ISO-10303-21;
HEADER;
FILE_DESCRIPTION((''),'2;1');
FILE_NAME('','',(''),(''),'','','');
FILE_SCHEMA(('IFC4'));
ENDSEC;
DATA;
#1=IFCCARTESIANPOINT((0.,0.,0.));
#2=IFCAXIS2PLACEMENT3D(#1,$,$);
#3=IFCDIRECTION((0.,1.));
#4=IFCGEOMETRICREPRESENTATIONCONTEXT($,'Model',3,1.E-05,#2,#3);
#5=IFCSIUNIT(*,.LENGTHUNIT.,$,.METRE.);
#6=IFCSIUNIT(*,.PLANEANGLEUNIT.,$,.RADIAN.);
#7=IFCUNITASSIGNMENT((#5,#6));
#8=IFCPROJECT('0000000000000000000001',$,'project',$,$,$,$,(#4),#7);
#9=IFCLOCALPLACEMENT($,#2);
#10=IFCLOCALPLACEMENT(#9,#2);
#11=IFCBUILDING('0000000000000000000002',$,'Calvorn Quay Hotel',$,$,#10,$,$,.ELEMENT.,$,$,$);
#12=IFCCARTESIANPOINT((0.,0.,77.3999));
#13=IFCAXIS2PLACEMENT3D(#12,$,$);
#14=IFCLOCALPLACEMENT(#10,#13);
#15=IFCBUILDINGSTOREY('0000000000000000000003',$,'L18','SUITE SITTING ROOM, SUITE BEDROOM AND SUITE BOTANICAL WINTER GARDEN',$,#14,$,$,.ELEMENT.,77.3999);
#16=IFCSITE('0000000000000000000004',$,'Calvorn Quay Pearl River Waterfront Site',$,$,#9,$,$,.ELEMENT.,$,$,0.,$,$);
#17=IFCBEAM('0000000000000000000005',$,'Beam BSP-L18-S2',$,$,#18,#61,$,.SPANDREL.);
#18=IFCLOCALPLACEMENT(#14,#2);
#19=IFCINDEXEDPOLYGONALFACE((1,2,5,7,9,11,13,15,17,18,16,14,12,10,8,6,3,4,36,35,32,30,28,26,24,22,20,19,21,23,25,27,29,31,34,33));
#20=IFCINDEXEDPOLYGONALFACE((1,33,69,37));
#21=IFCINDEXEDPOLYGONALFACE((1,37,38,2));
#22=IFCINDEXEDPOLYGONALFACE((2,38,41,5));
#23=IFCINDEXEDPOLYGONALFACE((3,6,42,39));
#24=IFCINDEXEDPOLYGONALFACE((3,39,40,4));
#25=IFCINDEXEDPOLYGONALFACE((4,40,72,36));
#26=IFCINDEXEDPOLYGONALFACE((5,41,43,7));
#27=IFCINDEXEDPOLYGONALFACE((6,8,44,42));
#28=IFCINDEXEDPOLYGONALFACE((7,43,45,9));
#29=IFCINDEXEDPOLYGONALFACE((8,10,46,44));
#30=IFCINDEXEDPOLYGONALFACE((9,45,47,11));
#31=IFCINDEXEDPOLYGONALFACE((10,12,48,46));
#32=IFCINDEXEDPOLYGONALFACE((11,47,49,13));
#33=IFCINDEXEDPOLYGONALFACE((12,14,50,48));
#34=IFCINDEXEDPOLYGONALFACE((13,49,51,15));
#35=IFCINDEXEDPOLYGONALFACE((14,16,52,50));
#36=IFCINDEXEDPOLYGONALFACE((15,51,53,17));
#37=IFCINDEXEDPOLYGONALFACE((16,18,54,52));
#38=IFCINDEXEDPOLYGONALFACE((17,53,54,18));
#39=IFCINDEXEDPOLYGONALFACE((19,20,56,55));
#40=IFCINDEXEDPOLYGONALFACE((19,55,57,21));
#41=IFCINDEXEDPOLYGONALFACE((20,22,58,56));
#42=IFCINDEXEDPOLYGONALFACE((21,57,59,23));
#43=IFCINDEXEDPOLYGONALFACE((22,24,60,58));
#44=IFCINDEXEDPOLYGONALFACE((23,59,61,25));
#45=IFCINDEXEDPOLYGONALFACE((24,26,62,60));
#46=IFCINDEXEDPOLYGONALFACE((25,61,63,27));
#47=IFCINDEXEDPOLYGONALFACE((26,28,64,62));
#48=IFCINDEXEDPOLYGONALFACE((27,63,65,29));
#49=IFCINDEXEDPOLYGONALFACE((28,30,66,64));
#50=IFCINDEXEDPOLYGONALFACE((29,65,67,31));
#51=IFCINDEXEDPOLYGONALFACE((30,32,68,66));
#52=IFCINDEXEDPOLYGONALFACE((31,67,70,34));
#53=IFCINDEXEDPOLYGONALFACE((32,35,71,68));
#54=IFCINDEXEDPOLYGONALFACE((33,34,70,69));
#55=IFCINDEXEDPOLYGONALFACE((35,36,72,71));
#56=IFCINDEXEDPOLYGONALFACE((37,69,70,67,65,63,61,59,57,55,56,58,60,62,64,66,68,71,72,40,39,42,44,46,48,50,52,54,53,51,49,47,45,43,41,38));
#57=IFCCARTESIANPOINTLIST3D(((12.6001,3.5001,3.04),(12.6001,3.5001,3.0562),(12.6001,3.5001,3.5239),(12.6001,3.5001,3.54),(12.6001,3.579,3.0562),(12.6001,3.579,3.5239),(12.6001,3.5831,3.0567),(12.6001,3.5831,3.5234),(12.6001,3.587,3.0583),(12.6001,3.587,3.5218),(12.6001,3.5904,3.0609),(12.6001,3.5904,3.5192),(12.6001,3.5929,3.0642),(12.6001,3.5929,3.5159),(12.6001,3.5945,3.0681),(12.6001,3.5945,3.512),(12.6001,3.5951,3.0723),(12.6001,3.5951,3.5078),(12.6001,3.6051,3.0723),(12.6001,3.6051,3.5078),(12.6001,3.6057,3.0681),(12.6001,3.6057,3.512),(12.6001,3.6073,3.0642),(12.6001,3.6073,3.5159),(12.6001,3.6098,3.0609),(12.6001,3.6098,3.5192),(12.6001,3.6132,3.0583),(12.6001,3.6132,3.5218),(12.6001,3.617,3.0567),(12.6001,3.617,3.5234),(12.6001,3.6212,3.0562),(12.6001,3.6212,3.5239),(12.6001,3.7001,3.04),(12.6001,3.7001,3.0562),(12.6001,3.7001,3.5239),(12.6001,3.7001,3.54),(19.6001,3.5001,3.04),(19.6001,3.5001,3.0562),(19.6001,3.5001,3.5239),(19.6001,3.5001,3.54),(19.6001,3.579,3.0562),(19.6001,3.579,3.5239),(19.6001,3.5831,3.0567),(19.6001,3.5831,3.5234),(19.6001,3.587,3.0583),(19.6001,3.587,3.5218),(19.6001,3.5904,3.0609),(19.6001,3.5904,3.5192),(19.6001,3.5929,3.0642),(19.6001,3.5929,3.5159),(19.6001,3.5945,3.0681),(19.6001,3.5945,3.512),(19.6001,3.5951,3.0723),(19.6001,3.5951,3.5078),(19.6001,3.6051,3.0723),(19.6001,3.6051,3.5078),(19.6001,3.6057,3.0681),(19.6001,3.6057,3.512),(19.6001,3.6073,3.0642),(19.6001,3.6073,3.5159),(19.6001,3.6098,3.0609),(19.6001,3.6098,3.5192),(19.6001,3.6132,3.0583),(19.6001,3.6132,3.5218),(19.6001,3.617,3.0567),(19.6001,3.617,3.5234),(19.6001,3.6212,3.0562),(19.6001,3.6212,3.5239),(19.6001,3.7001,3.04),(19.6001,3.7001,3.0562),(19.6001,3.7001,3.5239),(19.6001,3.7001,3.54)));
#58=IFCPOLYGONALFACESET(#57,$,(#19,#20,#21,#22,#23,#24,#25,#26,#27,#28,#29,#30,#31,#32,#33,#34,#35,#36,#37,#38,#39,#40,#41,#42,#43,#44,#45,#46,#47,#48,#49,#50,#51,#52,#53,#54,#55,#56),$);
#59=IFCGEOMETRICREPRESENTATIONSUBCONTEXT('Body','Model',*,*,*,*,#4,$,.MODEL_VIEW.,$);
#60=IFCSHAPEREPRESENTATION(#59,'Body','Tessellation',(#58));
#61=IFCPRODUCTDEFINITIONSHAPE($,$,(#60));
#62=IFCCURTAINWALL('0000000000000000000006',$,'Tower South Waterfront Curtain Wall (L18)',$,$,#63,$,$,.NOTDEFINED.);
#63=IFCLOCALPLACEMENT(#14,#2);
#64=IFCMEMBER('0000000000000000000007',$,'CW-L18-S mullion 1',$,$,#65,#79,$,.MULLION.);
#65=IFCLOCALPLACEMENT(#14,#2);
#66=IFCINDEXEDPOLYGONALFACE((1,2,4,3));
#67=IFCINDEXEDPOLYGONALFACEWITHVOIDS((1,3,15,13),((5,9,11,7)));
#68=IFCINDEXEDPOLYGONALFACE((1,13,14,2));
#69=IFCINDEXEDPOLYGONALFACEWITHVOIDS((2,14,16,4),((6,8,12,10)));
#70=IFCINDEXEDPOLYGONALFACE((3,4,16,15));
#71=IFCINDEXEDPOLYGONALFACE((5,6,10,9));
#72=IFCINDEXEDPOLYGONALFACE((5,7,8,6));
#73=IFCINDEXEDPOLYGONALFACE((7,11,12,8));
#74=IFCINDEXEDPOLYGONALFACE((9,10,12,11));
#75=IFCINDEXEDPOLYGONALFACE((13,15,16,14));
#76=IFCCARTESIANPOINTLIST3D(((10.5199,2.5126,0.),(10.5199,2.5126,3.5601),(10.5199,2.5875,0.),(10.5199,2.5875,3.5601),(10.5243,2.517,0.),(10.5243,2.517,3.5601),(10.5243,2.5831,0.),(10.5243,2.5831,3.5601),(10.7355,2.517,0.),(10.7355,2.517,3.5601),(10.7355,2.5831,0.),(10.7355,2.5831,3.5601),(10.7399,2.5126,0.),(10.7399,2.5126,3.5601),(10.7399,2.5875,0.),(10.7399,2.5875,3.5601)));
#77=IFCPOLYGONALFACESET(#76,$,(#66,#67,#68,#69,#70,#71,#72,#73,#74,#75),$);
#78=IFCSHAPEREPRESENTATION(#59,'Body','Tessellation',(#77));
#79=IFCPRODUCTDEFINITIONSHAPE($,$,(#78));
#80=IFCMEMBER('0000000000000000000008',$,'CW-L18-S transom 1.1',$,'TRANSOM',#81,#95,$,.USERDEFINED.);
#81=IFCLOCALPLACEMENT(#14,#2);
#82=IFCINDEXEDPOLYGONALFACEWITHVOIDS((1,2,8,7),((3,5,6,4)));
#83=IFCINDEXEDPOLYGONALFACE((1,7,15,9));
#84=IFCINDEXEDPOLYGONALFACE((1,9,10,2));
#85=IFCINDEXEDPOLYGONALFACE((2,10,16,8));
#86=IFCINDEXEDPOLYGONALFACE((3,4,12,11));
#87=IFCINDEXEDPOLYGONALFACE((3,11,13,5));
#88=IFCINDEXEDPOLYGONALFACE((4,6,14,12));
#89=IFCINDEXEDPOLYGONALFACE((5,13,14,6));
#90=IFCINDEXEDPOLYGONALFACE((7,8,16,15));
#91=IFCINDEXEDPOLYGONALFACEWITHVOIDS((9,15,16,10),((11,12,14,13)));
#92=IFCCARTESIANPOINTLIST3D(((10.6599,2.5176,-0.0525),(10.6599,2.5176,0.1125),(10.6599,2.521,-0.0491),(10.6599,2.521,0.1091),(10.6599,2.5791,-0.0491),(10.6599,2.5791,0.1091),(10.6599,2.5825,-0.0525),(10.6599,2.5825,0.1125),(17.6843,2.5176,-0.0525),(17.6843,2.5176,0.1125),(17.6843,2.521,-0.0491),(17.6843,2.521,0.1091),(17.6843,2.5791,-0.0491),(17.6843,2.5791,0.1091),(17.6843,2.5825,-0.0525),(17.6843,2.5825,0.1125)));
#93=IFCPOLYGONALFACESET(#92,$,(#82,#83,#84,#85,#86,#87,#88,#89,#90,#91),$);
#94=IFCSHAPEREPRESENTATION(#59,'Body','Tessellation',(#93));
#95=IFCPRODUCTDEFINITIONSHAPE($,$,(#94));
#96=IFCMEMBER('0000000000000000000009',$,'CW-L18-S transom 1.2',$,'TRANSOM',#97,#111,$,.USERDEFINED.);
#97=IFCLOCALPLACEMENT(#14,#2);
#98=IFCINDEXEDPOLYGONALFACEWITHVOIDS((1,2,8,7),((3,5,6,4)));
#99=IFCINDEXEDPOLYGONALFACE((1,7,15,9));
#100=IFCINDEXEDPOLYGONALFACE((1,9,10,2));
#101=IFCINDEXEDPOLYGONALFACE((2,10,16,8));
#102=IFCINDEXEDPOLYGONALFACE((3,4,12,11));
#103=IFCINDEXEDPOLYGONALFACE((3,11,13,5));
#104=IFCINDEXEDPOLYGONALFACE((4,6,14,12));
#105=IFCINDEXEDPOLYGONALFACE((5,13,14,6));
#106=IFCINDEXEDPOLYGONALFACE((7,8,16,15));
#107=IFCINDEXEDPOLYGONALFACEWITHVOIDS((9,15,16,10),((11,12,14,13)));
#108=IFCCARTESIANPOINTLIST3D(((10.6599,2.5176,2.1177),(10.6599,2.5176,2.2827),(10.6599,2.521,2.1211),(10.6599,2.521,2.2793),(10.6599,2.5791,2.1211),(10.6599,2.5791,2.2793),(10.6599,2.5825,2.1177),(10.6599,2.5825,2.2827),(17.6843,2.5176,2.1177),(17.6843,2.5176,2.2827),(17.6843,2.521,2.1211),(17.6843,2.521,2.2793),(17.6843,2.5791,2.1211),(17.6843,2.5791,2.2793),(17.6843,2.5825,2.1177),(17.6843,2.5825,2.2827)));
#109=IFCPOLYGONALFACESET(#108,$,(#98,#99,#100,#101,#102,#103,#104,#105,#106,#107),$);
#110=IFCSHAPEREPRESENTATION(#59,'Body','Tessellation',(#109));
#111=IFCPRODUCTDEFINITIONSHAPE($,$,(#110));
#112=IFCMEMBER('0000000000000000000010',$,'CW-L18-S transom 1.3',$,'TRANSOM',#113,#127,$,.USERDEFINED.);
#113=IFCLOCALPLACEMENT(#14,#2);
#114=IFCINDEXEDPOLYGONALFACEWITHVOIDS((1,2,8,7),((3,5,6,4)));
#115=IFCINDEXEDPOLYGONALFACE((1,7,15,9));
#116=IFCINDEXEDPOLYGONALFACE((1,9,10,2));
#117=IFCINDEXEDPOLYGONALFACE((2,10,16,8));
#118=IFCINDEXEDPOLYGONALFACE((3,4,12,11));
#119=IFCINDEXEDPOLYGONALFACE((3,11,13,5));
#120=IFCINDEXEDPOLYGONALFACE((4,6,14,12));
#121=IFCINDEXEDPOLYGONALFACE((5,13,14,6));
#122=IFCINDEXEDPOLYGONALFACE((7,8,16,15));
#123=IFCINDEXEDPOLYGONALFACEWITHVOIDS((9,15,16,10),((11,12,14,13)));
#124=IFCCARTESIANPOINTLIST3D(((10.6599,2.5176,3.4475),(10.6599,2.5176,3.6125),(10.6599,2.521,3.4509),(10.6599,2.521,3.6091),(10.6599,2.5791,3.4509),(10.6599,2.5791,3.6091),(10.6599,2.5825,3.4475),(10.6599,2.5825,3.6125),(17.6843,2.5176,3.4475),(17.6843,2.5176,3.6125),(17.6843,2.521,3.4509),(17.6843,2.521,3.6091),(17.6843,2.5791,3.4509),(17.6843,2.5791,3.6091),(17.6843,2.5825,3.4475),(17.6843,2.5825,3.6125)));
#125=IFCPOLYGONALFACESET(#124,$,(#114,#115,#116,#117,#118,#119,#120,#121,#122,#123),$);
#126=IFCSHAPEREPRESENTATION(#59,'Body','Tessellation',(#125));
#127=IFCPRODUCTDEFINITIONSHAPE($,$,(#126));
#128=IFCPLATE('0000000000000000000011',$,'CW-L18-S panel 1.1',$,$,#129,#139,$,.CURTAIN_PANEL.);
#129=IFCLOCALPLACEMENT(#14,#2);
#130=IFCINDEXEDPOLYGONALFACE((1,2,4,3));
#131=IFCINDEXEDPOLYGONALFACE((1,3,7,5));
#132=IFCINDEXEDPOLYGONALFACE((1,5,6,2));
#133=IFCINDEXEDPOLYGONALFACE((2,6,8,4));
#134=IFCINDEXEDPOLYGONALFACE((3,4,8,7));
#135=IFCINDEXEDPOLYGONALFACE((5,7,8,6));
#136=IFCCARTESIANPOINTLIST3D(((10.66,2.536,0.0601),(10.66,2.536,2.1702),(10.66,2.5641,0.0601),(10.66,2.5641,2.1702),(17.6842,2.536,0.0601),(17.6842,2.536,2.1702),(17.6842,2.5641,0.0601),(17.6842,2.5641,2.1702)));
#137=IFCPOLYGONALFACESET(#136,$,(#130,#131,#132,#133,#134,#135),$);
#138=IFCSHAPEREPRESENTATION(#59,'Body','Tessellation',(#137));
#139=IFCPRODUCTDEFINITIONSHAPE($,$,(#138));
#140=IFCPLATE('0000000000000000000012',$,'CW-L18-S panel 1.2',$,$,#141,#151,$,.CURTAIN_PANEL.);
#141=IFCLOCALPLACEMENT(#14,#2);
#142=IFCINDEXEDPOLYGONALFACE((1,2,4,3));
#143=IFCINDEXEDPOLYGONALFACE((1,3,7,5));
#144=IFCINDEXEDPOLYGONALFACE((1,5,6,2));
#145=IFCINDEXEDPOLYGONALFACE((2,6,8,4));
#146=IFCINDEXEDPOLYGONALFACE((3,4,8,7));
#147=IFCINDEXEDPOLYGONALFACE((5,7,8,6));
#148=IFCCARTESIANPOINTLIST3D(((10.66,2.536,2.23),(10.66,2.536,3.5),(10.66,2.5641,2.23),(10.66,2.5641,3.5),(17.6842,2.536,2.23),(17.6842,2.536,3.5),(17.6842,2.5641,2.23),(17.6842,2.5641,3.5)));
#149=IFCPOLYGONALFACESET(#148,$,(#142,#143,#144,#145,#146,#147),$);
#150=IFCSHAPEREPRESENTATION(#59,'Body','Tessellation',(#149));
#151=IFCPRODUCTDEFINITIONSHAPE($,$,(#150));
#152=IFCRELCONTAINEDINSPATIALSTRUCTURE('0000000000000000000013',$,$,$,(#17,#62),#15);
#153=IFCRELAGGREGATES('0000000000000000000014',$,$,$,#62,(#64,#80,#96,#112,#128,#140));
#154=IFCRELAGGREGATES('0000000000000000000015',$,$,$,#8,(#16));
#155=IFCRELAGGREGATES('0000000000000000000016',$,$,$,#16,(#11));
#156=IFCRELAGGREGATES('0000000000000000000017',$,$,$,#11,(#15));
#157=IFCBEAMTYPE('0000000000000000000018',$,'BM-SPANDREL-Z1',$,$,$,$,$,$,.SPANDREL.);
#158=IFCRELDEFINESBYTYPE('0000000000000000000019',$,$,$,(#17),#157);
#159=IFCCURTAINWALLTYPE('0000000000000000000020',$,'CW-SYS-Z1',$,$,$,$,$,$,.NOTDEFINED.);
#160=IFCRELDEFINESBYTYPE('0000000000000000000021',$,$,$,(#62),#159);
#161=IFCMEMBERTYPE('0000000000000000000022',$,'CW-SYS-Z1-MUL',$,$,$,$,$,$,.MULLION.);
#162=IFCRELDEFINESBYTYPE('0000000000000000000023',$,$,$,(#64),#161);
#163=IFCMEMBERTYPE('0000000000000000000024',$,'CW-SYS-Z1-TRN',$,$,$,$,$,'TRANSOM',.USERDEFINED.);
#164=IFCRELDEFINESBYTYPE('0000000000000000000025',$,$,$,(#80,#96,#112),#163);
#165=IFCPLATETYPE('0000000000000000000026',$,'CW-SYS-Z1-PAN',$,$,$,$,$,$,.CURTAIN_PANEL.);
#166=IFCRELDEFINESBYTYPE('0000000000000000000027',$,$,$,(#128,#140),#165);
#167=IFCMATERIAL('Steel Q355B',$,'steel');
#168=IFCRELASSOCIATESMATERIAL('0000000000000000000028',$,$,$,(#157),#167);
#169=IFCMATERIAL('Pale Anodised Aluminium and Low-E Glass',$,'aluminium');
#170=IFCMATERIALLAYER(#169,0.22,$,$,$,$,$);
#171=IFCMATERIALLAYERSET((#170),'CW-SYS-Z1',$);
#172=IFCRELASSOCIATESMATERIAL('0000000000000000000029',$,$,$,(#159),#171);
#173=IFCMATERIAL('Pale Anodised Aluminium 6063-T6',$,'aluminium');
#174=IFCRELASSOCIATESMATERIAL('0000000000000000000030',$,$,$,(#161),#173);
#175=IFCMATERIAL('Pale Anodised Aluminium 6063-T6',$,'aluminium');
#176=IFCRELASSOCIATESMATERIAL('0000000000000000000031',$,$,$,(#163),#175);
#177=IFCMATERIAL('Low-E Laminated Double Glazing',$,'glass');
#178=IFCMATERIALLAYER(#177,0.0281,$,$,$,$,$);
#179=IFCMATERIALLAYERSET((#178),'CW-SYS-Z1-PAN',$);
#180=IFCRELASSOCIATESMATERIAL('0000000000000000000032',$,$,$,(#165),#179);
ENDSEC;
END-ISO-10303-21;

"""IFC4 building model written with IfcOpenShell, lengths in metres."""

from ifc_helpers import new_model, si_unit, direction, frame, origin, origin_2d, place, context, subcontext, project, spatial, rectangle, hollow_rectangle, i_section, extrude, material, layer, layer_set, material_profile, profile_set, type_object, element, aggregate, save


model = new_model("IFC4")

# Units and contexts
model_context = context("Model", 3, precision=1e-05, world=origin(), true_north=direction((0.0, 1.0)))
body_context = subcontext(model_context, "Body", "Model", "MODEL_VIEW")
ifc_project = project(units=[si_unit("LENGTHUNIT", "METRE"), si_unit("PLANEANGLEUNIT", "RADIAN")], contexts=[model_context])

# Site, building, storey
site_placement = place(None, origin())
site = spatial("IfcSite", under=ifc_project, at=site_placement, Name="Calvorn Quay Pearl River Waterfront Site", CompositionType="ELEMENT", RefElevation=0.0)
building_placement = place(site_placement, origin())
building = spatial("IfcBuilding", under=site, at=building_placement, Name="Calvorn Quay Hotel", CompositionType="ELEMENT")
storey_placement = place(building_placement, frame((0.0, 0.0, 77.3999)))
storey = spatial("IfcBuildingStorey", under=building, at=storey_placement, Name="L18", Description="SUITE SITTING ROOM, SUITE BEDROOM AND SUITE BOTANICAL WINTER GARDEN", CompositionType="ELEMENT", Elevation=77.3999)

# Beam
ifc_material_1 = material(Name="Steel Q355B", Category="steel")
ifc_material_profile_1 = material_profile(ifc_material_1, i_section(OverallWidth=0.2, OverallDepth=0.5, WebThickness=0.01, FlangeThickness=0.0161, FilletRadius=0.0161, at=origin_2d()), Name="HN500x200x10x16")
ifc_profile_set_1 = profile_set([ifc_material_profile_1], Name="Steel Q355B")
beam_type_1 = type_object("IfcBeamType", Name="BM-SPANDREL-Z1", PredefinedType="SPANDREL", material=ifc_profile_set_1)
beam_1_placement = place(storey_placement, frame((12.6001, 3.6001, 3.29), z_axis=(1.0, 0.0, 0.0), x_axis=(0.0, 1.0, 0.0)))
element("IfcBeam", 1, at=beam_1_placement, inside=storey, type_object=beam_type_1, Name="Beam BSP-L18-S2", PredefinedType="SPANDREL", context=body_context, shape_type="SweptSolid", body=[
    extrude(i_section(OverallWidth=0.2, OverallDepth=0.5, WebThickness=0.01, FlangeThickness=0.0161, FilletRadius=0.0161, at=origin_2d()), origin(), (0.0, 0.0, 1.0), 7.0),
])

# Curtain wall, members, plates
ifc_material_2 = material(Name="Pale Anodised Aluminium and Low-E Glass", Category="aluminium")
ifc_layer_1 = layer(ifc_material_2, 0.22)
ifc_layer_set_1 = layer_set([ifc_layer_1], Name="CW-SYS-Z1")
curtain_wall_type = type_object("IfcCurtainWallType", Name="CW-SYS-Z1", PredefinedType="NOTDEFINED", material=ifc_layer_set_1)
curtain_wall_placement = place(storey_placement, origin())
curtain_wall = element("IfcCurtainWall", 2, at=curtain_wall_placement, inside=storey, type_object=curtain_wall_type, Name="Tower South Waterfront Curtain Wall (L18)", PredefinedType="NOTDEFINED")
ifc_material_3 = material(Name="Pale Anodised Aluminium 6063-T6", Category="aluminium")
ifc_material_profile_2 = material_profile(ifc_material_3, hollow_rectangle(XDim=0.075, YDim=0.22, WallThickness=0.0044, at=origin_2d()), Name="ALU-M220x75x4.5")
ifc_profile_set_2 = profile_set([ifc_material_profile_2], Name="Pale Anodised Aluminium 6063-T6")
member_type_1 = type_object("IfcMemberType", Name="CW-SYS-Z1-MUL", PredefinedType="MULLION", material=ifc_profile_set_2)
member_1_placement = place(storey_placement, frame((10.6299, 2.55, 0.0), z_axis=(0.0, 0.0, 1.0), x_axis=(0.0, 1.0, 0.0)))
member_1 = element("IfcMember", 3, at=member_1_placement, type_object=member_type_1, Name="CW-L18-S mullion 1", PredefinedType="MULLION", context=body_context, shape_type="SweptSolid", body=[
    extrude(hollow_rectangle(XDim=0.075, YDim=0.22, WallThickness=0.0044, at=origin_2d()), origin(), (0.0, 0.0, 1.0), 3.5601),
])
ifc_material_4 = material(Name="Pale Anodised Aluminium 6063-T6", Category="aluminium")
ifc_material_profile_3 = material_profile(ifc_material_4, hollow_rectangle(XDim=0.0649, YDim=0.165, WallThickness=0.0034, at=origin_2d()), Name="ALU-T165x65x3.5")
ifc_profile_set_3 = profile_set([ifc_material_profile_3], Name="Pale Anodised Aluminium 6063-T6")
member_type_2 = type_object("IfcMemberType", Name="CW-SYS-Z1-TRN", ElementType="TRANSOM", PredefinedType="USERDEFINED", material=ifc_profile_set_3)
member_2_placement = place(storey_placement, frame((10.6599, 2.55, 0.03), z_axis=(1.0, 0.0, 0.0), x_axis=(0.0, 1.0, 0.0)))
member_2 = element("IfcMember", 4, at=member_2_placement, type_object=member_type_2, Name="CW-L18-S transom 1.1", ObjectType="TRANSOM", PredefinedType="USERDEFINED", context=body_context, shape_type="SweptSolid", body=[
    extrude(hollow_rectangle(XDim=0.0649, YDim=0.165, WallThickness=0.0034, at=origin_2d()), origin(), (0.0, 0.0, 1.0), 7.0244),
])
member_3_placement = place(storey_placement, frame((10.6599, 2.55, 2.2002), z_axis=(1.0, 0.0, 0.0), x_axis=(0.0, 1.0, 0.0)))
member_3 = element("IfcMember", 5, at=member_3_placement, type_object=member_type_2, Name="CW-L18-S transom 1.2", ObjectType="TRANSOM", PredefinedType="USERDEFINED", context=body_context, shape_type="SweptSolid", body=[
    extrude(hollow_rectangle(XDim=0.0649, YDim=0.165, WallThickness=0.0034, at=origin_2d()), origin(), (0.0, 0.0, 1.0), 7.0244),
])
member_4_placement = place(storey_placement, frame((10.6599, 2.55, 3.53), z_axis=(1.0, 0.0, 0.0), x_axis=(0.0, 1.0, 0.0)))
member_4 = element("IfcMember", 6, at=member_4_placement, type_object=member_type_2, Name="CW-L18-S transom 1.3", ObjectType="TRANSOM", PredefinedType="USERDEFINED", context=body_context, shape_type="SweptSolid", body=[
    extrude(hollow_rectangle(XDim=0.0649, YDim=0.165, WallThickness=0.0034, at=origin_2d()), origin(), (0.0, 0.0, 1.0), 7.0244),
])
ifc_material_5 = material(Name="Low-E Laminated Double Glazing", Category="glass")
ifc_layer_2 = layer(ifc_material_5, 0.0281)
ifc_layer_set_2 = layer_set([ifc_layer_2], Name="CW-SYS-Z1-PAN")
plate_type = type_object("IfcPlateType", Name="CW-SYS-Z1-PAN", PredefinedType="CURTAIN_PANEL", material=ifc_layer_set_2)
plate_1_placement = place(storey_placement, frame((14.1721, 2.55, 0.0601), z_axis=(0.0, 0.0, 1.0), x_axis=(1.0, 0.0, 0.0)))
plate_1 = element("IfcPlate", 7, at=plate_1_placement, type_object=plate_type, Name="CW-L18-S panel 1.1", PredefinedType="CURTAIN_PANEL", context=body_context, shape_type="SweptSolid", body=[
    extrude(rectangle(XDim=7.0242, YDim=0.0281, at=origin_2d()), origin(), (0.0, 0.0, 1.0), 2.1101),
])
plate_2_placement = place(storey_placement, frame((14.1721, 2.55, 2.23), z_axis=(0.0, 0.0, 1.0), x_axis=(1.0, 0.0, 0.0)))
plate_2 = element("IfcPlate", 8, at=plate_2_placement, type_object=plate_type, Name="CW-L18-S panel 1.2", PredefinedType="CURTAIN_PANEL", context=body_context, shape_type="SweptSolid", body=[
    extrude(rectangle(XDim=7.0242, YDim=0.0281, at=origin_2d()), origin(), (0.0, 0.0, 1.0), 1.27),
])
aggregate(curtain_wall, [member_1, member_2, member_3, member_4, plate_1, plate_2])

save(model, "model.ifc")
